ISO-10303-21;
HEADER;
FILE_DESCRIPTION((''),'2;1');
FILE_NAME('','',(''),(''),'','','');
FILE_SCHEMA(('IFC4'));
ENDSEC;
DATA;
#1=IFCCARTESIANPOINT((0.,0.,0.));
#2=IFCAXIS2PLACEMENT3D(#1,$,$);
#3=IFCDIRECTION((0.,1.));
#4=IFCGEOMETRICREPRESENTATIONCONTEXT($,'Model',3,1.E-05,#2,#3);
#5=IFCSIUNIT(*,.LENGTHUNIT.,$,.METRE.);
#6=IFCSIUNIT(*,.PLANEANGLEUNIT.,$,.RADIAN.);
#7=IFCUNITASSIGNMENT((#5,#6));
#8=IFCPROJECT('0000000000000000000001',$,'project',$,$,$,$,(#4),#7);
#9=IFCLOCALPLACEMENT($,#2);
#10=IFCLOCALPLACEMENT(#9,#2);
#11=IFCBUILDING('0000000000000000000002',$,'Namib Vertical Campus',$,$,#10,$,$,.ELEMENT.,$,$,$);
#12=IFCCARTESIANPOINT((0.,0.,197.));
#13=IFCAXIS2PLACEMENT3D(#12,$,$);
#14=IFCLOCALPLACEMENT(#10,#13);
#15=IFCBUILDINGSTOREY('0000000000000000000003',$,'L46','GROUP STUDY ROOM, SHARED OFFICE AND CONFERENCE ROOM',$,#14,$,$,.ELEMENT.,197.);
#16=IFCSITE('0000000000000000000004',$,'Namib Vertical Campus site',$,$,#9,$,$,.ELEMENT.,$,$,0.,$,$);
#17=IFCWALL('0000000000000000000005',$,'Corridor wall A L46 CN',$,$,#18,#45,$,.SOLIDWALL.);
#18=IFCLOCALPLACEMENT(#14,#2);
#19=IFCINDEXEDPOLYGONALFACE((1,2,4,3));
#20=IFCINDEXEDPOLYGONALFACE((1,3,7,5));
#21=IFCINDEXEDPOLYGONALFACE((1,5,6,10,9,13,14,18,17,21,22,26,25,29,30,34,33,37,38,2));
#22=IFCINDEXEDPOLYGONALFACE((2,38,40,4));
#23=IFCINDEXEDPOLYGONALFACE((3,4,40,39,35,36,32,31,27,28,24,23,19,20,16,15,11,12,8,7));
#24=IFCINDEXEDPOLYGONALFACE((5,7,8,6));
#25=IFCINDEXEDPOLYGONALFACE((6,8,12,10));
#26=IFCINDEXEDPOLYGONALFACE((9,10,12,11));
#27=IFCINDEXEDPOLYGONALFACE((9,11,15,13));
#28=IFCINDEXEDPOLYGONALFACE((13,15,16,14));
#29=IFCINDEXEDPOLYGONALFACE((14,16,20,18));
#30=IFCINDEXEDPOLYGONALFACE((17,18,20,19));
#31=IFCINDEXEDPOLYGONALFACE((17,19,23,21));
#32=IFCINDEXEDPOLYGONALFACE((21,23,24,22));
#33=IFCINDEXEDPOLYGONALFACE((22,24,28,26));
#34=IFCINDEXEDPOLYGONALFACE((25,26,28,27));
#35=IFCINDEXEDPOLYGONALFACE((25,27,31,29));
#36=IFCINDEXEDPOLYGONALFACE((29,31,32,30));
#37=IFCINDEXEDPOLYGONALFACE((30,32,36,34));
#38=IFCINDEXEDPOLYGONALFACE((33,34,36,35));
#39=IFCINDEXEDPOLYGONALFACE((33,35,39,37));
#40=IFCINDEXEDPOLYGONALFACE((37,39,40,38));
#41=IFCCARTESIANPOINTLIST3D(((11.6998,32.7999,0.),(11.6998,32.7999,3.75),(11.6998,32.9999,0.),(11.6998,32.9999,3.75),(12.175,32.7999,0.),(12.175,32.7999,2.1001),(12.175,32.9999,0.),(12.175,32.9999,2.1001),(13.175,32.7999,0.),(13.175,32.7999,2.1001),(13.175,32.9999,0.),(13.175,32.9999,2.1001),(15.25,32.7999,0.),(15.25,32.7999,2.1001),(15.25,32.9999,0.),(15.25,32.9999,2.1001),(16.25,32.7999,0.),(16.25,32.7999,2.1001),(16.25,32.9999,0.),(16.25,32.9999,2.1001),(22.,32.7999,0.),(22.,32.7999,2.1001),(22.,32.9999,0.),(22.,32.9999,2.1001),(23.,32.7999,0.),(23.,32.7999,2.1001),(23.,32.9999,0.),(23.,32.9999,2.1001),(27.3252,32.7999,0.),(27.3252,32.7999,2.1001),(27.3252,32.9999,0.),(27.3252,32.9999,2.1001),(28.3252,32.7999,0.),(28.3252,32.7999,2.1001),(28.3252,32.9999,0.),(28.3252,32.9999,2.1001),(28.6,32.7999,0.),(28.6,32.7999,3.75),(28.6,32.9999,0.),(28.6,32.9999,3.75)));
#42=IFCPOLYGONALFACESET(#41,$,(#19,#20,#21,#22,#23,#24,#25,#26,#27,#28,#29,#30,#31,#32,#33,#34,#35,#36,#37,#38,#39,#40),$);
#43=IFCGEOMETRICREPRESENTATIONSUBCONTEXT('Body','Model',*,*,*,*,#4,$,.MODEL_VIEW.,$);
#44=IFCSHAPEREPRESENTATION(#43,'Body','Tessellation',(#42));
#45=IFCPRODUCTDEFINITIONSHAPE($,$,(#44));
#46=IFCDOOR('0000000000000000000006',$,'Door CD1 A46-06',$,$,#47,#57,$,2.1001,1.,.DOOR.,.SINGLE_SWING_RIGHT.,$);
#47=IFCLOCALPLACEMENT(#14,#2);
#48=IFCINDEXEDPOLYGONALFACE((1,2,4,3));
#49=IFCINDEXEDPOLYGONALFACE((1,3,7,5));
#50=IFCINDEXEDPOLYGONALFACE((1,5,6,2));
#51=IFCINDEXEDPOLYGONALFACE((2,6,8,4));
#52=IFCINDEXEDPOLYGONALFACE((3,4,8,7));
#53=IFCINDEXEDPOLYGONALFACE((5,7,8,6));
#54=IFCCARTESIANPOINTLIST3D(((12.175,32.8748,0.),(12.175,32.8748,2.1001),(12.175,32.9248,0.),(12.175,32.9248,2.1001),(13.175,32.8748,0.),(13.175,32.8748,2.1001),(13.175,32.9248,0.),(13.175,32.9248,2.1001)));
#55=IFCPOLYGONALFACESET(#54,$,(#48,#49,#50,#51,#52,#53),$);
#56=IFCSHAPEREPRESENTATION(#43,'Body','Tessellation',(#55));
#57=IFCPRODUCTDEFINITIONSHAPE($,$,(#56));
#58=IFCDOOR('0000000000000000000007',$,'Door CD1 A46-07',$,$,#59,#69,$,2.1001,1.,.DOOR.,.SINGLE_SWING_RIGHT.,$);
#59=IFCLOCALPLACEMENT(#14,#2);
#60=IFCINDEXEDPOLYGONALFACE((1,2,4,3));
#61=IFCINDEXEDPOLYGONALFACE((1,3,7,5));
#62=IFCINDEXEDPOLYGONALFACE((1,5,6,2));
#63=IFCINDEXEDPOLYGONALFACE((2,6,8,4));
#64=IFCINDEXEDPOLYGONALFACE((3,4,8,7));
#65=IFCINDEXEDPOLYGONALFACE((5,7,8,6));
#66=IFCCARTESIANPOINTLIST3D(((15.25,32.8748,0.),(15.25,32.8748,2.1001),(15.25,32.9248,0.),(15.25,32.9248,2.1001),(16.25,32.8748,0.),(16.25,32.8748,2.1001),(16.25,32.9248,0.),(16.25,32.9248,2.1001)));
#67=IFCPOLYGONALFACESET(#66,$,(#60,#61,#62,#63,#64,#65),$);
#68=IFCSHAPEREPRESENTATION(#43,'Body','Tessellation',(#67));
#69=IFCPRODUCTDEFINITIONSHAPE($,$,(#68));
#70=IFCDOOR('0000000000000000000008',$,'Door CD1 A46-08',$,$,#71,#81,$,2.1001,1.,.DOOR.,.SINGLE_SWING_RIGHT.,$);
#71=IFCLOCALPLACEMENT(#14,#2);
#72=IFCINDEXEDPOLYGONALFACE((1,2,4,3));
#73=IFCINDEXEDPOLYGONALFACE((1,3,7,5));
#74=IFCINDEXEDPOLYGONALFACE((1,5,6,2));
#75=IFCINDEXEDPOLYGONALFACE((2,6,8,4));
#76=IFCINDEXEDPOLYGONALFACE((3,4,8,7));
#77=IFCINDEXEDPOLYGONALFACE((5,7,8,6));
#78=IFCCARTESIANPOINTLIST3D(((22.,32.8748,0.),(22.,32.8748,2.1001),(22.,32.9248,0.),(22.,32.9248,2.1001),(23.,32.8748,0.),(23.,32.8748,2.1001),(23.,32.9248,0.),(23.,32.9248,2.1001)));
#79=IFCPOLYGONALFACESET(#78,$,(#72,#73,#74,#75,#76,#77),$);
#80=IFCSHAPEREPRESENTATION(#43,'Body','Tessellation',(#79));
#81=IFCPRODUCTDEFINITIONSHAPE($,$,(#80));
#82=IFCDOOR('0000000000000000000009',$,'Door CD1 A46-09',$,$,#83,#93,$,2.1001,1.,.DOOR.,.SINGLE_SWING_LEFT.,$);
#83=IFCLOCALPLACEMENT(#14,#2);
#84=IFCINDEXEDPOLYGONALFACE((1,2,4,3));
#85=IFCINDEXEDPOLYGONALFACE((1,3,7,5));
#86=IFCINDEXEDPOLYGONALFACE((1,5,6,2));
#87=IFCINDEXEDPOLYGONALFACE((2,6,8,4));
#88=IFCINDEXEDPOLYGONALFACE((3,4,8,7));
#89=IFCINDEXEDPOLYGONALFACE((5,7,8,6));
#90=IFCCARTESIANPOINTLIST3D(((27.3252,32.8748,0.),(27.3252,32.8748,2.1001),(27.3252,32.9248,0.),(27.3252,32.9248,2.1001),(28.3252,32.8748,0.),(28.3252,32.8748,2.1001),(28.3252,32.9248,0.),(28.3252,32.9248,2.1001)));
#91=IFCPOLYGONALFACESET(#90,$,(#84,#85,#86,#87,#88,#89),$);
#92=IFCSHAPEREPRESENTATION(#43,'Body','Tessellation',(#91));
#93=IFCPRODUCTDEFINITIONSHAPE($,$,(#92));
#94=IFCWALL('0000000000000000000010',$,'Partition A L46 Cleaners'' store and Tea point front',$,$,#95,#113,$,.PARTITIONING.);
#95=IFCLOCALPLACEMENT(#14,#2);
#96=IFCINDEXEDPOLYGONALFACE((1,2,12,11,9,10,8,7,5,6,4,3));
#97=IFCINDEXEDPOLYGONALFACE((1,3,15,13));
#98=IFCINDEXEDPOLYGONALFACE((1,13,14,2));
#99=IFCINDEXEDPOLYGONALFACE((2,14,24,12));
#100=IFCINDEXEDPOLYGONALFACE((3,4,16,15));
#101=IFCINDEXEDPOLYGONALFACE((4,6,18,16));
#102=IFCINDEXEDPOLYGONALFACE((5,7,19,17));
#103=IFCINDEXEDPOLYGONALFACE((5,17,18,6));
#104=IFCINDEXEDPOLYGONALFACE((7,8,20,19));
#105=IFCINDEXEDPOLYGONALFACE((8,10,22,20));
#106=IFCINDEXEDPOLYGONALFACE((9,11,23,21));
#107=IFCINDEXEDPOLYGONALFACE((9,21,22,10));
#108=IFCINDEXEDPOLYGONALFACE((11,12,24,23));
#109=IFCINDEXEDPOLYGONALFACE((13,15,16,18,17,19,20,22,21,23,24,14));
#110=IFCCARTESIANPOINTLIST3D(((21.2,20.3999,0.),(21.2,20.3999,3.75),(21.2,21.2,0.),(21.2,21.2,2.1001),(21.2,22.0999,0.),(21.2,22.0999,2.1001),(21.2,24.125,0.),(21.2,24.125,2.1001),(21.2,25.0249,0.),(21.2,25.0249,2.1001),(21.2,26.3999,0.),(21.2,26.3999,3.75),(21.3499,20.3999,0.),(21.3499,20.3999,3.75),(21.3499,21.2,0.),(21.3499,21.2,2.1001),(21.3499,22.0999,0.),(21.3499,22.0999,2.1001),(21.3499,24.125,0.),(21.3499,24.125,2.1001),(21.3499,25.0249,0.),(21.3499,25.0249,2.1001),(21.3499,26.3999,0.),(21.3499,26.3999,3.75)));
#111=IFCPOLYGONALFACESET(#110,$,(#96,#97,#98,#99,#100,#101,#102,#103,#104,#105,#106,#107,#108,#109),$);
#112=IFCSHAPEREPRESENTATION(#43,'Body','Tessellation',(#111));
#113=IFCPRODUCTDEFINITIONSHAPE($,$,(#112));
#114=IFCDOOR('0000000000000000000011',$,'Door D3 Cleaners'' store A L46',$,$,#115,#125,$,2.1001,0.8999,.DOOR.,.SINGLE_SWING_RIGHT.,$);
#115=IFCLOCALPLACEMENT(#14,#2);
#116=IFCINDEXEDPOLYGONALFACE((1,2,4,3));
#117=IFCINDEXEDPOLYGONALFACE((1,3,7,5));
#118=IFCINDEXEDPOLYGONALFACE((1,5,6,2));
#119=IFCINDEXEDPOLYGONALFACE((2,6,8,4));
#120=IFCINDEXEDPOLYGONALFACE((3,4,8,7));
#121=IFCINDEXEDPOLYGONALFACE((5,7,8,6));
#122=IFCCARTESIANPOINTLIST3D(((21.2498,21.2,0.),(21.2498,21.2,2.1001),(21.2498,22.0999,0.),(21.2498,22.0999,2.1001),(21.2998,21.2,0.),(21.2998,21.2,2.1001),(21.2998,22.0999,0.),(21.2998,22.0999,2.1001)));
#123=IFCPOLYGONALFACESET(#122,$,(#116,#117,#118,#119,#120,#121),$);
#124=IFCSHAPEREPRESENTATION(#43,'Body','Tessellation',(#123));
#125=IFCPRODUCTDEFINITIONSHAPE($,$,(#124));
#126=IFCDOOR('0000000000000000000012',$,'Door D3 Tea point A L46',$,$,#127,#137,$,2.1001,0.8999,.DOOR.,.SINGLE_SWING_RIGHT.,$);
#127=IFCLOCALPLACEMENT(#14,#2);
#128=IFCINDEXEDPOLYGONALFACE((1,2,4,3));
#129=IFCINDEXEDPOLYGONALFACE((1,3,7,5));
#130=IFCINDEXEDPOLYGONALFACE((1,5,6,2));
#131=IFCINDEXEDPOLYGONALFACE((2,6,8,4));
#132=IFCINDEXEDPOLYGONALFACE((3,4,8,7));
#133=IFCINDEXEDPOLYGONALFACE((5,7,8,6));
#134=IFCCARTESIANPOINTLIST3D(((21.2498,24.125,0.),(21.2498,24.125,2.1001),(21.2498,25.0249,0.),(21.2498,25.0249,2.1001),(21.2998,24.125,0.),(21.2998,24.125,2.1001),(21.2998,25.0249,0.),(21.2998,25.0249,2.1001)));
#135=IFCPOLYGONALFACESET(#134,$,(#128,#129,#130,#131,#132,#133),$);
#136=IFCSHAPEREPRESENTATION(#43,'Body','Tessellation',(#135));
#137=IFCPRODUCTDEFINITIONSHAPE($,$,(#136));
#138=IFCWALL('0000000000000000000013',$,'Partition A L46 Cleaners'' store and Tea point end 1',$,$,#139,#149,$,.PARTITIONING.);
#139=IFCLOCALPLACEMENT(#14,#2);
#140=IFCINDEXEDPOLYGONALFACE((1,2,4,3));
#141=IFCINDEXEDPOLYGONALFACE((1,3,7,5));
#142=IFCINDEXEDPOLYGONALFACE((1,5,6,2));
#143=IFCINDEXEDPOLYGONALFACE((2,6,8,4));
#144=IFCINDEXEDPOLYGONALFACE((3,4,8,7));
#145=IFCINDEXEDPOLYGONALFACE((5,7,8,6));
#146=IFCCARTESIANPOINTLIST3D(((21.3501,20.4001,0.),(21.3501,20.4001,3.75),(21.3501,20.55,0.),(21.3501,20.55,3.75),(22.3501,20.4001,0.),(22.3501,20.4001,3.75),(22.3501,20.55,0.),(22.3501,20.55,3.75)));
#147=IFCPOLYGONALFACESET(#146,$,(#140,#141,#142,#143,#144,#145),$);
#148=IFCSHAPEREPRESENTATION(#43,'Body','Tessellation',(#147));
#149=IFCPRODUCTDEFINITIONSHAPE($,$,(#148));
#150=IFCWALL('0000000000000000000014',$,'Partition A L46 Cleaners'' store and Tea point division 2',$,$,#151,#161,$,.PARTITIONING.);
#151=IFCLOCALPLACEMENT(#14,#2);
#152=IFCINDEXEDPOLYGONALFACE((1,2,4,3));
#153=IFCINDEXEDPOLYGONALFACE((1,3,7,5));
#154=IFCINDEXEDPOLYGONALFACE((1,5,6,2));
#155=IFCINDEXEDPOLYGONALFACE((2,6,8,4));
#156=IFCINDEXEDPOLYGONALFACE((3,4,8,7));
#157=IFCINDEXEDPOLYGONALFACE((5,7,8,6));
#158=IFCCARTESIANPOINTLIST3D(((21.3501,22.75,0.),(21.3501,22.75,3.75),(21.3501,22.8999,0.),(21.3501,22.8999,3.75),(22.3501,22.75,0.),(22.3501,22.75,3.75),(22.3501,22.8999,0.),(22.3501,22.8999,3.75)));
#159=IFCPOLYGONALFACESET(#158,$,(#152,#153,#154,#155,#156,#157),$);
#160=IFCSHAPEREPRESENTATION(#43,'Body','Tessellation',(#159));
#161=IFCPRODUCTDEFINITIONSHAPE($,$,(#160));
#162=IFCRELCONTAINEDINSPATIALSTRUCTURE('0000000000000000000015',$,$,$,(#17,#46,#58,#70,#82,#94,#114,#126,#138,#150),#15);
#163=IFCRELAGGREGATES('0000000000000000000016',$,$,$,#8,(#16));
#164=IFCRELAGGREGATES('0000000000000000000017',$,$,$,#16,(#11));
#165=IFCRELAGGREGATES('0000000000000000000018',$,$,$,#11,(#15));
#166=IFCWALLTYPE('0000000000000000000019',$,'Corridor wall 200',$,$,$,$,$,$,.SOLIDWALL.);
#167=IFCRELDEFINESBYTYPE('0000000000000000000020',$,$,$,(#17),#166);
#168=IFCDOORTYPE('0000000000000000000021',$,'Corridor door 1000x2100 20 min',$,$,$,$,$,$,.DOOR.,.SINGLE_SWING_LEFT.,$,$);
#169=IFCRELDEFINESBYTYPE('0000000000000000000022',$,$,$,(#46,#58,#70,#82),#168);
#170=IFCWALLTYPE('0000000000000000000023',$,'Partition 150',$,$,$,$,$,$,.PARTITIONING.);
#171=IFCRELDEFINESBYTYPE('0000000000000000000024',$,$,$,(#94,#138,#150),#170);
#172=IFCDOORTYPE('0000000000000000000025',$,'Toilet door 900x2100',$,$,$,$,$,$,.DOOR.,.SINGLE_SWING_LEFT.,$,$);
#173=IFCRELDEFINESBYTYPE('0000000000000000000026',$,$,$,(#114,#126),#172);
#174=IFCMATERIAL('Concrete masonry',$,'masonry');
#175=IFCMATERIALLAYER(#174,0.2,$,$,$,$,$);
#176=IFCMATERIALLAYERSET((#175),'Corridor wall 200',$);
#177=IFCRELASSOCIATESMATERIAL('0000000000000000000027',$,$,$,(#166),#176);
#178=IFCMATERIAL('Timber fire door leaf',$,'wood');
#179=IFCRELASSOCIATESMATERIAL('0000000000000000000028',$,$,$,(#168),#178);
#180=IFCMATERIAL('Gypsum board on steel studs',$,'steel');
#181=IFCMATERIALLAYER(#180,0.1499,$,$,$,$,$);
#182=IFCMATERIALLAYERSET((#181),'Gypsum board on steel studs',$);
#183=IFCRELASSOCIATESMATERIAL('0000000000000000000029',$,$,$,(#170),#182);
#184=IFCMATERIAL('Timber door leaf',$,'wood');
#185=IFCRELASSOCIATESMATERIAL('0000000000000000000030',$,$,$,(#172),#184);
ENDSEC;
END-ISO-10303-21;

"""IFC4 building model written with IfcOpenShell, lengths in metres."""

from ifc_helpers import new_model, si_unit, direction, frame, frame_2d, origin, place, context, subcontext, project, spatial, rectangle, extrude, material, layer, layer_set, type_object, element, fill, save


model = new_model("IFC4")

# Units and contexts
model_context = context("Model", 3, precision=1e-05, world=origin(), true_north=direction((0.0, 1.0)))
body_context = subcontext(model_context, "Body", "Model", "MODEL_VIEW")
ifc_project = project(units=[si_unit("LENGTHUNIT", "METRE"), si_unit("PLANEANGLEUNIT", "RADIAN")], contexts=[model_context])

# Site, building, storey
site_placement = place(None, origin())
site = spatial("IfcSite", under=ifc_project, at=site_placement, Name="Namib Vertical Campus site", CompositionType="ELEMENT", RefElevation=0.0)
building_placement = place(site_placement, origin())
building = spatial("IfcBuilding", under=site, at=building_placement, Name="Namib Vertical Campus", CompositionType="ELEMENT")
storey_placement = place(building_placement, frame((0.0, 0.0, 197.0)))
storey = spatial("IfcBuildingStorey", under=building, at=storey_placement, Name="L46", Description="GROUP STUDY ROOM, SHARED OFFICE AND CONFERENCE ROOM", CompositionType="ELEMENT", Elevation=197.0)

# Walls, openings, doors
ifc_material_1 = material(Name="Concrete masonry", Category="masonry")
ifc_layer_1 = layer(ifc_material_1, 0.2)
ifc_layer_set_1 = layer_set([ifc_layer_1], Name="Corridor wall 200")
wall_type_1 = type_object("IfcWallType", Name="Corridor wall 200", PredefinedType="SOLIDWALL", material=ifc_layer_set_1)
wall_1_placement = place(storey_placement, frame((28.6001, 32.8999, 0.0), z_axis=(0.0, 0.0, 1.0), x_axis=(-1.0, 0.0, 0.0)))
wall_1 = element("IfcWall", 1, at=wall_1_placement, inside=storey, type_object=wall_type_1, Name="Corridor wall A L46 CN", PredefinedType="SOLIDWALL", context=body_context, shape_type="SweptSolid", body=[
    extrude(rectangle(XDim=16.9001, YDim=0.2, at=frame_2d((8.4502, 0.0))), origin(), (0.0, 0.0, 1.0), 3.75),
])
opening_1_placement = place(wall_1_placement, frame((15.425, 0.0, 0.0)))
opening_1 = element("IfcOpeningElement", 2, at=opening_1_placement, cuts=wall_1, PredefinedType="OPENING", context=body_context, shape_type="SweptSolid", body=[
    extrude(rectangle(XDim=1.0, YDim=2.1001, at=frame_2d((0.5, 1.05))), frame((0.0, 0.1099, 0.0), z_axis=(0.0, -1.0, 0.0), x_axis=(1.0, 0.0, 0.0)), (0.0, 0.0, 1.0), 0.22),
])
opening_2_placement = place(wall_1_placement, frame((12.3501, 0.0, 0.0)))
opening_2 = element("IfcOpeningElement", 3, at=opening_2_placement, cuts=wall_1, PredefinedType="OPENING", context=body_context, shape_type="SweptSolid", body=[
    extrude(rectangle(XDim=1.0, YDim=2.1001, at=frame_2d((0.5, 1.05))), frame((0.0, 0.1099, 0.0), z_axis=(0.0, -1.0, 0.0), x_axis=(1.0, 0.0, 0.0)), (0.0, 0.0, 1.0), 0.22),
])
opening_3_placement = place(wall_1_placement, frame((5.6001, 0.0, 0.0)))
opening_3 = element("IfcOpeningElement", 4, at=opening_3_placement, cuts=wall_1, PredefinedType="OPENING", context=body_context, shape_type="SweptSolid", body=[
    extrude(rectangle(XDim=1.0, YDim=2.1001, at=frame_2d((0.5, 1.05))), frame((0.0, 0.1099, 0.0), z_axis=(0.0, -1.0, 0.0), x_axis=(1.0, 0.0, 0.0)), (0.0, 0.0, 1.0), 0.22),
])
opening_4_placement = place(wall_1_placement, frame((0.2749, 0.0, 0.0)))
opening_4 = element("IfcOpeningElement", 5, at=opening_4_placement, cuts=wall_1, PredefinedType="OPENING", context=body_context, shape_type="SweptSolid", body=[
    extrude(rectangle(XDim=1.0, YDim=2.1001, at=frame_2d((0.5, 1.05))), frame((0.0, 0.1099, 0.0), z_axis=(0.0, -1.0, 0.0), x_axis=(1.0, 0.0, 0.0)), (0.0, 0.0, 1.0), 0.22),
])
ifc_material_2 = material(Name="Timber fire door leaf", Category="wood")
door_type_1 = type_object("IfcDoorType", Name="Corridor door 1000x2100 20 min", OperationType="SINGLE_SWING_LEFT", PredefinedType="DOOR", material=ifc_material_2)
door_1_placement = place(opening_1_placement, frame((1.0, 0.0, 0.0), z_axis=(0.0, 0.0, 1.0), x_axis=(-1.0, 0.0, 0.0)))
door_1 = element("IfcDoor", 6, at=door_1_placement, inside=storey, type_object=door_type_1, Name="Door CD1 A46-06", OperationType="SINGLE_SWING_RIGHT", OverallHeight=2.1001, OverallWidth=1.0, PredefinedType="DOOR", context=body_context, shape_type="SweptSolid", body=[
    extrude(rectangle(XDim=1.0, YDim=2.1001, at=frame_2d((0.5, 1.05))), frame((0.0, 0.0249, 0.0), z_axis=(0.0, -1.0, 0.0), x_axis=(1.0, 0.0, 0.0)), (0.0, 0.0, 1.0), 0.05),
])
fill(opening_1, door_1)
door_2_placement = place(opening_2_placement, frame((1.0, 0.0, 0.0), z_axis=(0.0, 0.0, 1.0), x_axis=(-1.0, 0.0, 0.0)))
door_2 = element("IfcDoor", 7, at=door_2_placement, inside=storey, type_object=door_type_1, Name="Door CD1 A46-07", OperationType="SINGLE_SWING_RIGHT", OverallHeight=2.1001, OverallWidth=1.0, PredefinedType="DOOR", context=body_context, shape_type="SweptSolid", body=[
    extrude(rectangle(XDim=1.0, YDim=2.1001, at=frame_2d((0.5, 1.05))), frame((0.0, 0.0249, 0.0), z_axis=(0.0, -1.0, 0.0), x_axis=(1.0, 0.0, 0.0)), (0.0, 0.0, 1.0), 0.05),
])
fill(opening_2, door_2)
door_3_placement = place(opening_3_placement, frame((1.0, 0.0, 0.0), z_axis=(0.0, 0.0, 1.0), x_axis=(-1.0, 0.0, 0.0)))
door_3 = element("IfcDoor", 8, at=door_3_placement, inside=storey, type_object=door_type_1, Name="Door CD1 A46-08", OperationType="SINGLE_SWING_RIGHT", OverallHeight=2.1001, OverallWidth=1.0, PredefinedType="DOOR", context=body_context, shape_type="SweptSolid", body=[
    extrude(rectangle(XDim=1.0, YDim=2.1001, at=frame_2d((0.5, 1.05))), frame((0.0, 0.0249, 0.0), z_axis=(0.0, -1.0, 0.0), x_axis=(1.0, 0.0, 0.0)), (0.0, 0.0, 1.0), 0.05),
])
fill(opening_3, door_3)
door_4_placement = place(opening_4_placement, frame((1.0, 0.0, 0.0), z_axis=(0.0, 0.0, 1.0), x_axis=(-1.0, 0.0, 0.0)))
door_4 = element("IfcDoor", 9, at=door_4_placement, inside=storey, type_object=door_type_1, Name="Door CD1 A46-09", OperationType="SINGLE_SWING_LEFT", OverallHeight=2.1001, OverallWidth=1.0, PredefinedType="DOOR", context=body_context, shape_type="SweptSolid", body=[
    extrude(rectangle(XDim=1.0, YDim=2.1001, at=frame_2d((0.5, 1.05))), frame((0.0, 0.0249, 0.0), z_axis=(0.0, -1.0, 0.0), x_axis=(1.0, 0.0, 0.0)), (0.0, 0.0, 1.0), 0.05),
])
fill(opening_4, door_4)
ifc_material_3 = material(Name="Gypsum board on steel studs", Category="steel")
ifc_layer_2 = layer(ifc_material_3, 0.1499)
ifc_layer_set_2 = layer_set([ifc_layer_2], Name="Gypsum board on steel studs")
wall_type_2 = type_object("IfcWallType", Name="Partition 150", PredefinedType="PARTITIONING", material=ifc_layer_set_2)
wall_2_placement = place(storey_placement, frame((21.2749, 20.3999, 0.0), z_axis=(0.0, 0.0, 1.0), x_axis=(0.0, 1.0, 0.0)))
wall_2 = element("IfcWall", 10, at=wall_2_placement, inside=storey, type_object=wall_type_2, Name="Partition A L46 Cleaners' store and Tea point front", PredefinedType="PARTITIONING", context=body_context, shape_type="SweptSolid", body=[
    extrude(rectangle(XDim=6.0, YDim=0.1499, at=frame_2d((3.0, 0.0))), origin(), (0.0, 0.0, 1.0), 3.75),
])
opening_5_placement = place(wall_2_placement, frame((0.8, 0.0, 0.0)))
opening_5 = element("IfcOpeningElement", 11, at=opening_5_placement, cuts=wall_2, PredefinedType="OPENING", context=body_context, shape_type="SweptSolid", body=[
    extrude(rectangle(XDim=0.8999, YDim=2.1001, at=frame_2d((0.45, 1.05))), frame((0.0, 0.085, 0.0), z_axis=(0.0, -1.0, 0.0), x_axis=(1.0, 0.0, 0.0)), (0.0, 0.0, 1.0), 0.1699),
])
opening_6_placement = place(wall_2_placement, frame((3.7251, 0.0, 0.0)))
opening_6 = element("IfcOpeningElement", 12, at=opening_6_placement, cuts=wall_2, PredefinedType="OPENING", context=body_context, shape_type="SweptSolid", body=[
    extrude(rectangle(XDim=0.8999, YDim=2.1001, at=frame_2d((0.45, 1.05))), frame((0.0, 0.085, 0.0), z_axis=(0.0, -1.0, 0.0), x_axis=(1.0, 0.0, 0.0)), (0.0, 0.0, 1.0), 0.1699),
])
ifc_material_4 = material(Name="Timber door leaf", Category="wood")
door_type_2 = type_object("IfcDoorType", Name="Toilet door 900x2100", OperationType="SINGLE_SWING_LEFT", PredefinedType="DOOR", material=ifc_material_4)
door_5_placement = place(opening_5_placement, frame((0.8999, 0.0, 0.0), z_axis=(0.0, 0.0, 1.0), x_axis=(-1.0, 0.0, 0.0)))
door_5 = element("IfcDoor", 13, at=door_5_placement, inside=storey, type_object=door_type_2, Name="Door D3 Cleaners' store A L46", OperationType="SINGLE_SWING_RIGHT", OverallHeight=2.1001, OverallWidth=0.8999, PredefinedType="DOOR", context=body_context, shape_type="SweptSolid", body=[
    extrude(rectangle(XDim=0.8999, YDim=2.1001, at=frame_2d((0.45, 1.05))), frame((0.0, 0.0249, 0.0), z_axis=(0.0, -1.0, 0.0), x_axis=(1.0, 0.0, 0.0)), (0.0, 0.0, 1.0), 0.05),
])
fill(opening_5, door_5)
door_6_placement = place(opening_6_placement, frame((0.8999, 0.0, 0.0), z_axis=(0.0, 0.0, 1.0), x_axis=(-1.0, 0.0, 0.0)))
door_6 = element("IfcDoor", 14, at=door_6_placement, inside=storey, type_object=door_type_2, Name="Door D3 Tea point A L46", OperationType="SINGLE_SWING_RIGHT", OverallHeight=2.1001, OverallWidth=0.8999, PredefinedType="DOOR", context=body_context, shape_type="SweptSolid", body=[
    extrude(rectangle(XDim=0.8999, YDim=2.1001, at=frame_2d((0.45, 1.05))), frame((0.0, 0.0249, 0.0), z_axis=(0.0, -1.0, 0.0), x_axis=(1.0, 0.0, 0.0)), (0.0, 0.0, 1.0), 0.05),
])
fill(opening_6, door_6)

# Walls
for number, where, z_axis, x_axis, name in (
    (15, (21.3501, 20.4751, 0.0), (0.0, 0.0, 1.0), (1.0, 0.0, 0.0), "Partition A L46 Cleaners' store and Tea point end 1"),
    (16, (21.3501, 22.825, 0.0), (0.0, 0.0, 1.0), (1.0, 0.0, 0.0), "Partition A L46 Cleaners' store and Tea point division 2"),
):
    element("IfcWall", number, at=place(storey_placement, frame(where, z_axis=z_axis, x_axis=x_axis)), inside=storey, type_object=wall_type_2, Name=name, PredefinedType="PARTITIONING", context=body_context, shape_type="SweptSolid", body=[
        extrude(rectangle(XDim=1.0, YDim=0.1499, at=frame_2d((0.5, 0.0))), origin(), (0.0, 0.0, 1.0), 3.75),
    ])

save(model, "model.ifc")
